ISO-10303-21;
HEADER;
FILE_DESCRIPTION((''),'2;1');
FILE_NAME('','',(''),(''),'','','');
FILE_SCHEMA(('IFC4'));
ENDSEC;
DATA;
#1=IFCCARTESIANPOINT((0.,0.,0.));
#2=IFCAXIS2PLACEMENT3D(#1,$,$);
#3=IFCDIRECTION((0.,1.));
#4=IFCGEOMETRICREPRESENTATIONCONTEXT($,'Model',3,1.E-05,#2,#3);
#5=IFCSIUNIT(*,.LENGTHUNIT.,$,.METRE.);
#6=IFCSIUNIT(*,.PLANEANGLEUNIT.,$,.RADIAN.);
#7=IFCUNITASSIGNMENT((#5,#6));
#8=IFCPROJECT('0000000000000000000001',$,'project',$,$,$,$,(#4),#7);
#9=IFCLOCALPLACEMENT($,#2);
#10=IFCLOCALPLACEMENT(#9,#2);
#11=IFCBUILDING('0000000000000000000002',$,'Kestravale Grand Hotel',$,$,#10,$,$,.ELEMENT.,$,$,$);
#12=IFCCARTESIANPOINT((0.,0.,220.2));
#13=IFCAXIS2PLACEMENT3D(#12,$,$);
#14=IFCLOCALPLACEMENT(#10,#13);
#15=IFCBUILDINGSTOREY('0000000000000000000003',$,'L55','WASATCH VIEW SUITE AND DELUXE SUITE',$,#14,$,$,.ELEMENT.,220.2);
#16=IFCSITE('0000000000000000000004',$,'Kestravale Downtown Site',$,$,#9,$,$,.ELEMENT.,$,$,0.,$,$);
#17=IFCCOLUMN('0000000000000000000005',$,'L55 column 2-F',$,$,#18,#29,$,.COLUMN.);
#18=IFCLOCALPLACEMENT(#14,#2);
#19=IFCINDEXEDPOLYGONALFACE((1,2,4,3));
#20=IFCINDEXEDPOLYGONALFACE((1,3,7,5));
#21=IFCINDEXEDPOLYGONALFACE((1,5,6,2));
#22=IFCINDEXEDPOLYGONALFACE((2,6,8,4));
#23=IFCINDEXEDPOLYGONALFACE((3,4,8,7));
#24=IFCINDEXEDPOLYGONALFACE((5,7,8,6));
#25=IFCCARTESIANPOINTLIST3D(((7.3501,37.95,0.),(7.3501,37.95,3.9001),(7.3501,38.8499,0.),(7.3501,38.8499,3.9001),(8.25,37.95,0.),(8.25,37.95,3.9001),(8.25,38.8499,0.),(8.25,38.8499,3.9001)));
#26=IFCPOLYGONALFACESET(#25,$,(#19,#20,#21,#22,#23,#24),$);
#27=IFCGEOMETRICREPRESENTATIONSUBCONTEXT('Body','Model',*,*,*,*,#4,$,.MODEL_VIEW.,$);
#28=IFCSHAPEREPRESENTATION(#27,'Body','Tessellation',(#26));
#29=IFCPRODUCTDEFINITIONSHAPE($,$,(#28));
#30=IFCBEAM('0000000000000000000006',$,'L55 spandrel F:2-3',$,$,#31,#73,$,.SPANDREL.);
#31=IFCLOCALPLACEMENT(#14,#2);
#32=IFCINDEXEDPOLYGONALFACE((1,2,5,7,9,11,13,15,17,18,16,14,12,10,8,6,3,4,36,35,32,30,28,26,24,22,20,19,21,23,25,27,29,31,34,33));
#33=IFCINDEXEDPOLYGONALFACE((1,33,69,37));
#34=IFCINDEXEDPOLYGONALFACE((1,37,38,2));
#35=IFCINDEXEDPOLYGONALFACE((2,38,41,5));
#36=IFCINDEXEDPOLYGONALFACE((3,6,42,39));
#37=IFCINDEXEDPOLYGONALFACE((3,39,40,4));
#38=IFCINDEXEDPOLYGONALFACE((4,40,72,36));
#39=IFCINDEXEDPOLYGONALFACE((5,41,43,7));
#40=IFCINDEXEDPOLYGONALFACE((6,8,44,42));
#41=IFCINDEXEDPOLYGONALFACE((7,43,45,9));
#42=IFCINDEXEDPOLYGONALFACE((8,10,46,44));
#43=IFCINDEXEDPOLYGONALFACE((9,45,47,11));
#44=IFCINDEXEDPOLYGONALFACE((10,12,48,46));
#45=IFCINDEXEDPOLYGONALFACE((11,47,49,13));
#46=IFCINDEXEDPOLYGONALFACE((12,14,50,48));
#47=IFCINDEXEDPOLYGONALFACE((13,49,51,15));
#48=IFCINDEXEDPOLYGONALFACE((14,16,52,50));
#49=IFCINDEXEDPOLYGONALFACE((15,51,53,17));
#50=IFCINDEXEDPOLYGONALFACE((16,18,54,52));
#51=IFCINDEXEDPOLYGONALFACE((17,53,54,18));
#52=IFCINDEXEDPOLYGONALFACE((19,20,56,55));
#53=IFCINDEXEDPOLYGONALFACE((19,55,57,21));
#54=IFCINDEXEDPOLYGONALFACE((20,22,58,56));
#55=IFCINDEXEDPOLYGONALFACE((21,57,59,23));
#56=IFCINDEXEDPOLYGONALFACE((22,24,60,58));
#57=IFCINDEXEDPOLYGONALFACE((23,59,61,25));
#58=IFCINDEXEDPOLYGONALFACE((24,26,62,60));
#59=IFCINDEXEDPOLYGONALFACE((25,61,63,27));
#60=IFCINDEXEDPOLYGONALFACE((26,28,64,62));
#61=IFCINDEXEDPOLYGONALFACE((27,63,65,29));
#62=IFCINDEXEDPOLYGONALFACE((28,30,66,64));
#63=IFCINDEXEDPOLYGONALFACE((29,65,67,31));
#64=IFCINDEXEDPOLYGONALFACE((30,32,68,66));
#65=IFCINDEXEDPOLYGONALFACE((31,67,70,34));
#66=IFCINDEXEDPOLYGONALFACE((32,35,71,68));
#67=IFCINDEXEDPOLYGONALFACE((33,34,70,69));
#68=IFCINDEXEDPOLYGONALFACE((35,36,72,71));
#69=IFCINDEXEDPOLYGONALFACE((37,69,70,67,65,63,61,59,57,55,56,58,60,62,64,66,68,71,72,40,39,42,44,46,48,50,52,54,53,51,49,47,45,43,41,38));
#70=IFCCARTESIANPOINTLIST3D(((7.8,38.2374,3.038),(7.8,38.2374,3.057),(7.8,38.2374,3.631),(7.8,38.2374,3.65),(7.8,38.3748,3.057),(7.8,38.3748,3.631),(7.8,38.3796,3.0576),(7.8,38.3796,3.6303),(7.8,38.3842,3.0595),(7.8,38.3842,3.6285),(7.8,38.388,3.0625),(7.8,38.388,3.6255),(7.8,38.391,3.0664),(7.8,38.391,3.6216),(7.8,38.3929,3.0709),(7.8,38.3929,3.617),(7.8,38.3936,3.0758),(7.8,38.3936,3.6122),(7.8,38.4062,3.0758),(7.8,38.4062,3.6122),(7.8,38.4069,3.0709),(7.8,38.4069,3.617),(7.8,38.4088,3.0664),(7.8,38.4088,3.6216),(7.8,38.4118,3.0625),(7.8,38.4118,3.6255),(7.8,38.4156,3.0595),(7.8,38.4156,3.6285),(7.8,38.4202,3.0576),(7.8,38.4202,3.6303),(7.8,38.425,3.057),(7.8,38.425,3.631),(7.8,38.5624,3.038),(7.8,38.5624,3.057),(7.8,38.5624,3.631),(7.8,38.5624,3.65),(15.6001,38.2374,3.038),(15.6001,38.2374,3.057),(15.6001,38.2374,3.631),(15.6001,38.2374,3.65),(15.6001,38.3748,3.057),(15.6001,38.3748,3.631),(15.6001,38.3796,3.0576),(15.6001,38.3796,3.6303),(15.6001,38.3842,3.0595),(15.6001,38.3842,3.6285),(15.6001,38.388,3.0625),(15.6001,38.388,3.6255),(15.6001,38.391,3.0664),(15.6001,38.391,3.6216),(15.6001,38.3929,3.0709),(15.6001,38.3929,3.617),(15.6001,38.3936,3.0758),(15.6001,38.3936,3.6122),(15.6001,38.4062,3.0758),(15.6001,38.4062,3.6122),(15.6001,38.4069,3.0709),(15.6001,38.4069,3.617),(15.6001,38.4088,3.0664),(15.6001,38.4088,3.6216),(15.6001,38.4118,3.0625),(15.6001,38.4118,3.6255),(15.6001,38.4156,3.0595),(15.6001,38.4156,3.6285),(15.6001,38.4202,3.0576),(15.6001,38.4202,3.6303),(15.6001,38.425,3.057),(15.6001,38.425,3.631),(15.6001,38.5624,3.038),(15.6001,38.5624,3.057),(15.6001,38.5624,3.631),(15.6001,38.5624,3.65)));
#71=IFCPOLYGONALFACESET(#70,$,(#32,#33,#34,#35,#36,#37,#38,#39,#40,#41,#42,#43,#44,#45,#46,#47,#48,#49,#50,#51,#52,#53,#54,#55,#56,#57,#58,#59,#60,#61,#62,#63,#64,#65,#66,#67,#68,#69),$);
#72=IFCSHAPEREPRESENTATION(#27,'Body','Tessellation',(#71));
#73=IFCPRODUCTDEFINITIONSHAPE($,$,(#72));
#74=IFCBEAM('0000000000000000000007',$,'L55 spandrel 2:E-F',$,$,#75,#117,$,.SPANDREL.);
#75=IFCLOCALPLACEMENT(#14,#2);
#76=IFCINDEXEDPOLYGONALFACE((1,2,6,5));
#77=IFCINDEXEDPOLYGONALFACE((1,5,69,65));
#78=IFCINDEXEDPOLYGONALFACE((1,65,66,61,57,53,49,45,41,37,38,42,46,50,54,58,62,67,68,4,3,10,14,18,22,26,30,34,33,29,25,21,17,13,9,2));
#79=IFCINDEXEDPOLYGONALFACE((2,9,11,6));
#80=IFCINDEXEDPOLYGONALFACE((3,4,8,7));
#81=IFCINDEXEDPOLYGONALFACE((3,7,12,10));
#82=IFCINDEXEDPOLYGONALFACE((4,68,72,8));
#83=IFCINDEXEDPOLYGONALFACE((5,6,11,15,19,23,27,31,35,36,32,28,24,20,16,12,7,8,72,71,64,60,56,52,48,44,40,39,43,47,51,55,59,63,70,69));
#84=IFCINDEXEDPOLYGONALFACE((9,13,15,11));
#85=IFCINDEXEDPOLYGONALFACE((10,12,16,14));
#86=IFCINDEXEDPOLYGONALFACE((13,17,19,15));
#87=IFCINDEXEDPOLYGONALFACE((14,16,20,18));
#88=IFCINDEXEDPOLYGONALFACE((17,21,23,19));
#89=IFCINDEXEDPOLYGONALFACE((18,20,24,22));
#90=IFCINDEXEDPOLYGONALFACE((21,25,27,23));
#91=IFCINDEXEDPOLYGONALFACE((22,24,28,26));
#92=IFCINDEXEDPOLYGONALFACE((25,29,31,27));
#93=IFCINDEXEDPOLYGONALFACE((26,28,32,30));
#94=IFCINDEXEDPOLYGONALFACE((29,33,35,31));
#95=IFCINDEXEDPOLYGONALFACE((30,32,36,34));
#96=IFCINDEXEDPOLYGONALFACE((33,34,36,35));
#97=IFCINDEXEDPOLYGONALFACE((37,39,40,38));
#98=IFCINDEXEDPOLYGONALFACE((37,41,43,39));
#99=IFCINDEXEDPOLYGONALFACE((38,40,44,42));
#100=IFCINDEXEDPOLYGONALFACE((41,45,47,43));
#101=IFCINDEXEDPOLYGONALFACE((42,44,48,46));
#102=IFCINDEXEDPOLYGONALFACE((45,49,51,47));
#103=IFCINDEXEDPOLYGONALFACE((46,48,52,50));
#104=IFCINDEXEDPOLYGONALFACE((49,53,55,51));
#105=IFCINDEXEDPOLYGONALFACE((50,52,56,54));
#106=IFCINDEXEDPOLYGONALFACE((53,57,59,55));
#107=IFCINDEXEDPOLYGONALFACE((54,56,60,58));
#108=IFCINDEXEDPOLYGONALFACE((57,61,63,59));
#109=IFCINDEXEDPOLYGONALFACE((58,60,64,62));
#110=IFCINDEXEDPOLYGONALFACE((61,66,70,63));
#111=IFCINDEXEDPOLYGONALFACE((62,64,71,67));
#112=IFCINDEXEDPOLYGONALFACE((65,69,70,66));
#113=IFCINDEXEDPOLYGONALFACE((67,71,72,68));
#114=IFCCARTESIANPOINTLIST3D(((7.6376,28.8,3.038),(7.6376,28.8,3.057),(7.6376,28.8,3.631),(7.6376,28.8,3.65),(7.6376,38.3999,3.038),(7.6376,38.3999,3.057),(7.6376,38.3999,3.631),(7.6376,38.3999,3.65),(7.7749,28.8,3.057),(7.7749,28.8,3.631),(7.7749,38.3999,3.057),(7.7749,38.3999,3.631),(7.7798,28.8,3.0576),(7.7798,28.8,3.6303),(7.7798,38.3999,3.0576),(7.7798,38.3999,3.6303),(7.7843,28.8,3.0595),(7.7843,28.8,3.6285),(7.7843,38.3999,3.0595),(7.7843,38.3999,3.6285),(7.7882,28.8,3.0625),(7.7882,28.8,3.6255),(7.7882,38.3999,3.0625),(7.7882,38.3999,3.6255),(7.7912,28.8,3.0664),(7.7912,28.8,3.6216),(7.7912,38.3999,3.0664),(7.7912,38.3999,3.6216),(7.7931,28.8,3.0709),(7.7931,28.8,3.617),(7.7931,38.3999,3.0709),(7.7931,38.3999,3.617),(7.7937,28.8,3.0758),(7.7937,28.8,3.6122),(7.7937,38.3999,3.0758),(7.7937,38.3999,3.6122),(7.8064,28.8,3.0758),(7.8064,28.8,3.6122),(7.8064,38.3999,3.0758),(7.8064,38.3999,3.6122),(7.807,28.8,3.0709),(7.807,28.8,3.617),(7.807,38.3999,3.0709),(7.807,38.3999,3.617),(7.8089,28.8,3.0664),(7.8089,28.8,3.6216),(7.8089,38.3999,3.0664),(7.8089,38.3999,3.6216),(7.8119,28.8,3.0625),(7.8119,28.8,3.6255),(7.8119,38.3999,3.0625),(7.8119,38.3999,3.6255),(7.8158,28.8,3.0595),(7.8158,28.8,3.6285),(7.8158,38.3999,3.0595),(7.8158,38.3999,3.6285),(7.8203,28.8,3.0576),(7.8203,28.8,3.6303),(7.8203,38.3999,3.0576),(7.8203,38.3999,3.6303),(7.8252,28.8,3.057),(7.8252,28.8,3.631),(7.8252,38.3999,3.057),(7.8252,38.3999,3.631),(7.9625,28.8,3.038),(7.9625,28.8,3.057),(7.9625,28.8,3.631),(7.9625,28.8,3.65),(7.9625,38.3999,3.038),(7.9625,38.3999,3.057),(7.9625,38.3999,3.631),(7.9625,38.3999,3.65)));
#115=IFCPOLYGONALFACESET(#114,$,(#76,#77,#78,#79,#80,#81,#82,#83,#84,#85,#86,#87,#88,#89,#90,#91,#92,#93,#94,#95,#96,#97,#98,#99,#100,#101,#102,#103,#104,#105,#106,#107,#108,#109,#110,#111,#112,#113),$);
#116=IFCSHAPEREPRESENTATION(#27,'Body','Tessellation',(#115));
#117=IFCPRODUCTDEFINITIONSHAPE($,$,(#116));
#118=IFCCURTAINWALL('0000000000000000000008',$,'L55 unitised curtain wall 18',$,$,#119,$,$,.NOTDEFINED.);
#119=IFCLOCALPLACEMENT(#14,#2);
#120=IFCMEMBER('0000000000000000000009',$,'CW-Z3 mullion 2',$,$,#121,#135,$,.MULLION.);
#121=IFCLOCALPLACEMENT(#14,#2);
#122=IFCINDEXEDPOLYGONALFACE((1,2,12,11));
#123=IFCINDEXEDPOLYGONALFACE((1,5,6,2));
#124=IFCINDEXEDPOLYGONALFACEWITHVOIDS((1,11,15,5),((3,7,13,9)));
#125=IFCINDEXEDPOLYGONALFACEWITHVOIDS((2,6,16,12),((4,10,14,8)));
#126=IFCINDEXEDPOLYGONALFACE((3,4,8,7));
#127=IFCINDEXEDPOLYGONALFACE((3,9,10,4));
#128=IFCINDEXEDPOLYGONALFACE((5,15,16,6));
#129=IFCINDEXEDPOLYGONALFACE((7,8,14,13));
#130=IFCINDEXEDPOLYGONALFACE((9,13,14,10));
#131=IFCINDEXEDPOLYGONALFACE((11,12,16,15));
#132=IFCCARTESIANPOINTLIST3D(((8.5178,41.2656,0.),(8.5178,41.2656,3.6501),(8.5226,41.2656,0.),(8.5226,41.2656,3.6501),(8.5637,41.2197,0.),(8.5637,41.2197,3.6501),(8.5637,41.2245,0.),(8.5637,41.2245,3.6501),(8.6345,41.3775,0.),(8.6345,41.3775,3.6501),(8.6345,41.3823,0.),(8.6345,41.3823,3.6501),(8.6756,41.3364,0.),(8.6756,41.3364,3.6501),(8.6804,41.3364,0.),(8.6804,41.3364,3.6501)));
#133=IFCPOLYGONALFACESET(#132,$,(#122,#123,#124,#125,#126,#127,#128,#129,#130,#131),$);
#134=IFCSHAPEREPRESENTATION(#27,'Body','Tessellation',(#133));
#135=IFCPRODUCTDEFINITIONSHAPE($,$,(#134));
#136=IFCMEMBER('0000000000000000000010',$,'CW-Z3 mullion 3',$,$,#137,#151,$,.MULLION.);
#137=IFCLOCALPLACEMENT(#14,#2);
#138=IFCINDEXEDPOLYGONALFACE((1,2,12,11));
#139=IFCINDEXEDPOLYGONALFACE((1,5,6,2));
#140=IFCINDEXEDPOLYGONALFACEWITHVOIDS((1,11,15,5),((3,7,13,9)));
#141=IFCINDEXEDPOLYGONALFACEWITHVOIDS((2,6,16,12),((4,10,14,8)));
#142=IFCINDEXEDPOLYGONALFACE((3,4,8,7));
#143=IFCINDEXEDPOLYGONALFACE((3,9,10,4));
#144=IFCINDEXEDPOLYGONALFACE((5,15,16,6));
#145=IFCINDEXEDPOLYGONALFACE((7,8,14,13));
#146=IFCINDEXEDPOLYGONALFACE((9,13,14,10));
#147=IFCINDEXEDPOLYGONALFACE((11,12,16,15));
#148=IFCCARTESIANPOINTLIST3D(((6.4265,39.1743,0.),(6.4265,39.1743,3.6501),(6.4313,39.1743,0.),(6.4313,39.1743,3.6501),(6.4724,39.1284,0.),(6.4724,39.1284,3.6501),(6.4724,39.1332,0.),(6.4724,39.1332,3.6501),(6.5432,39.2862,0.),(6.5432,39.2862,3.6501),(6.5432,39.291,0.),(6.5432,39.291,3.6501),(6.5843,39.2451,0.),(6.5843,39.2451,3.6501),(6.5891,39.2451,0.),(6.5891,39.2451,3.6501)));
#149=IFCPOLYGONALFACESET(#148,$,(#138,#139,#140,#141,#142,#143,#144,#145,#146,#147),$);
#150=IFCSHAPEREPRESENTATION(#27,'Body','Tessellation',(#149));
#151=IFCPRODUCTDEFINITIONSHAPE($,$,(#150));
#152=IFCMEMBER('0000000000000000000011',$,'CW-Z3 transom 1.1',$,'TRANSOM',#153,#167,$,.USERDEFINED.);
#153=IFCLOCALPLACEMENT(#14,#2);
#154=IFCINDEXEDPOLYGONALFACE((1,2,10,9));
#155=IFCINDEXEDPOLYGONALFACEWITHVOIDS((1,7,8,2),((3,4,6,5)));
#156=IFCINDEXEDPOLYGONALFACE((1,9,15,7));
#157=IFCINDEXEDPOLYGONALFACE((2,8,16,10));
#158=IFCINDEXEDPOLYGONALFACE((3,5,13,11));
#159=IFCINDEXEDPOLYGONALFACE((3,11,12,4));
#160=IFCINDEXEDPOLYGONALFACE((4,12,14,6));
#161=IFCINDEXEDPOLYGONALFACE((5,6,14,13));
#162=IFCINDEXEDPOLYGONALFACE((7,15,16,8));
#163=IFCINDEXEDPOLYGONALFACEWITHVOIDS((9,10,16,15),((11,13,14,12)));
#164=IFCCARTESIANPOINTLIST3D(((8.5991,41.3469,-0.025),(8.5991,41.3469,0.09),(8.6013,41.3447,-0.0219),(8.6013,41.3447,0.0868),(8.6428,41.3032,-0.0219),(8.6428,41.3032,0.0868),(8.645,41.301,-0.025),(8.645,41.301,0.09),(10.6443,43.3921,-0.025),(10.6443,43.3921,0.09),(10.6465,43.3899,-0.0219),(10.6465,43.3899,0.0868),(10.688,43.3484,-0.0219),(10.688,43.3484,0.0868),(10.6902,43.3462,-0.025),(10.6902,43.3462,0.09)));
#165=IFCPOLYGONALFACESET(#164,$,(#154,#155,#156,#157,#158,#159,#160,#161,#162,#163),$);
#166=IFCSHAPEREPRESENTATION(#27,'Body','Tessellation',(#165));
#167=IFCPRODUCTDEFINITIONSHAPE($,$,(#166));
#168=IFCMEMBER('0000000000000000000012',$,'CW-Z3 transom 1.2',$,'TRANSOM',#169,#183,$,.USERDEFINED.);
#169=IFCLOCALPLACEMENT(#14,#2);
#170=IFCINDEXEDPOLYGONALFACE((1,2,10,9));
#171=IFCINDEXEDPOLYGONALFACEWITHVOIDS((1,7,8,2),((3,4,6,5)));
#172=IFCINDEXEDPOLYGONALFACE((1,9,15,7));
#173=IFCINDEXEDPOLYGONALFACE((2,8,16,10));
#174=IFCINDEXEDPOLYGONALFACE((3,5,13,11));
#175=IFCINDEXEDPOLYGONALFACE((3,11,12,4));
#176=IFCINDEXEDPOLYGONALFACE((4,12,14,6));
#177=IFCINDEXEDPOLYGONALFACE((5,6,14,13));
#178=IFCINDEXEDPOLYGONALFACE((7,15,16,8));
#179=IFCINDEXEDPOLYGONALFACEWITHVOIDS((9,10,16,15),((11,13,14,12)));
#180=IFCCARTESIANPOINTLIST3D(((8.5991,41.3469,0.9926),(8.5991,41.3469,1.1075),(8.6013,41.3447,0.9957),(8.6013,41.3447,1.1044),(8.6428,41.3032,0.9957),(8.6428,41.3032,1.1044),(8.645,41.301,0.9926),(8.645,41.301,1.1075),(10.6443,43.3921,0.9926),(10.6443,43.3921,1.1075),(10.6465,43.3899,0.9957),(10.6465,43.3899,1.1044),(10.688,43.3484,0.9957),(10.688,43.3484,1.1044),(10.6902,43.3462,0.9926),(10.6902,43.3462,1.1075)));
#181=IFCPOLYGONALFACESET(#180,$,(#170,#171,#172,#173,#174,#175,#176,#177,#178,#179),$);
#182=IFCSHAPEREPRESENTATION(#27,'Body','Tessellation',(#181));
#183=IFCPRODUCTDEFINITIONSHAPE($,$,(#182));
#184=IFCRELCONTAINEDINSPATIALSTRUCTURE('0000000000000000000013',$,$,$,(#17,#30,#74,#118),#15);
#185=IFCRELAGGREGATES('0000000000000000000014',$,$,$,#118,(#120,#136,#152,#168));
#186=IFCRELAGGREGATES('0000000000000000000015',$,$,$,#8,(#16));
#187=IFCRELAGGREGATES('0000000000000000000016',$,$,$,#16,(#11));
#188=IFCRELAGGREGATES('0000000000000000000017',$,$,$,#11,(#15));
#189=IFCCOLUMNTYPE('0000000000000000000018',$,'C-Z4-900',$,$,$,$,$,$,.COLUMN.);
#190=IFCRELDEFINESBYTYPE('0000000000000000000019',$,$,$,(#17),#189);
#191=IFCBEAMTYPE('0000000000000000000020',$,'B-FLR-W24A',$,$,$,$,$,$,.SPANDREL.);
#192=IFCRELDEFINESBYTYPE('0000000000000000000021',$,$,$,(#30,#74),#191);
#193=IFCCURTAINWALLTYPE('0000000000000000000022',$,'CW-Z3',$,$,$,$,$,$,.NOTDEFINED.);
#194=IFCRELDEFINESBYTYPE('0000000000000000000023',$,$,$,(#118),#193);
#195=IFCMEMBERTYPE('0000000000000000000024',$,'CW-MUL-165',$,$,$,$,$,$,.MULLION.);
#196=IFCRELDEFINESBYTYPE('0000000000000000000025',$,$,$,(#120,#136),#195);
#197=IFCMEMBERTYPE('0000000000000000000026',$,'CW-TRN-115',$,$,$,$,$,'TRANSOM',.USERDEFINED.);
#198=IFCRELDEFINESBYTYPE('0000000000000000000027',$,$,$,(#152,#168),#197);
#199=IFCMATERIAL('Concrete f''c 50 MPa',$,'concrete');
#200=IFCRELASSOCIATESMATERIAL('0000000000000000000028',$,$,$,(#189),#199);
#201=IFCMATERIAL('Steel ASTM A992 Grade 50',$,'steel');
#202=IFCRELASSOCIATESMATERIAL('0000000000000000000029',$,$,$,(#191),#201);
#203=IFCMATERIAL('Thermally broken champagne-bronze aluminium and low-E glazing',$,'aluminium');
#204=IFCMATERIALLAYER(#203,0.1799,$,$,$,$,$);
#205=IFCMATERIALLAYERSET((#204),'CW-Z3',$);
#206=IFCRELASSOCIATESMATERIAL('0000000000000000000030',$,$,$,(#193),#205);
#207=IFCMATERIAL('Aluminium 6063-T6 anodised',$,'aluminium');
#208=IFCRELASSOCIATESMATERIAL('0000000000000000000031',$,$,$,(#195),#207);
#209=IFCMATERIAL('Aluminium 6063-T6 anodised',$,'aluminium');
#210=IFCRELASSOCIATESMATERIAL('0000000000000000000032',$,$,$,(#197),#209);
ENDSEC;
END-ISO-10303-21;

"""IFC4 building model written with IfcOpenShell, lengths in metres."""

from ifc_helpers import new_model, si_unit, direction, frame, origin, origin_2d, place, context, subcontext, project, spatial, rectangle, hollow_rectangle, i_section, extrude, material, layer, layer_set, material_profile, profile_set, type_object, element, aggregate, save


model = new_model("IFC4")

# Units and contexts
model_context = context("Model", 3, precision=1e-05, world=origin(), true_north=direction((0.0, 1.0)))
body_context = subcontext(model_context, "Body", "Model", "MODEL_VIEW")
ifc_project = project(units=[si_unit("LENGTHUNIT", "METRE"), si_unit("PLANEANGLEUNIT", "RADIAN")], contexts=[model_context])

# Site, building, storey
site_placement = place(None, origin())
site = spatial("IfcSite", under=ifc_project, at=site_placement, Name="Kestravale Downtown Site", CompositionType="ELEMENT", RefElevation=0.0)
building_placement = place(site_placement, origin())
building = spatial("IfcBuilding", under=site, at=building_placement, Name="Kestravale Grand Hotel", CompositionType="ELEMENT")
storey_placement = place(building_placement, frame((0.0, 0.0, 220.2)))
storey = spatial("IfcBuildingStorey", under=building, at=storey_placement, Name="L55", Description="WASATCH VIEW SUITE AND DELUXE SUITE", CompositionType="ELEMENT", Elevation=220.2)

# Column
ifc_material_1 = material(Name="Concrete f'c 50 MPa", Category="concrete")
ifc_material_profile_1 = material_profile(ifc_material_1, rectangle(XDim=0.8999, YDim=0.8999, at=origin_2d()))
ifc_profile_set_1 = profile_set([ifc_material_profile_1], Name="Concrete f'c 50 MPa")
column_type = type_object("IfcColumnType", Name="C-Z4-900", PredefinedType="COLUMN", material=ifc_profile_set_1)
column_placement = place(storey_placement, frame((7.8, 38.3999, 0.0), z_axis=(0.0, 0.0, 1.0), x_axis=(1.0, 0.0, 0.0)))
element("IfcColumn", 1, at=column_placement, inside=storey, type_object=column_type, Name="L55 column 2-F", PredefinedType="COLUMN", context=body_context, shape_type="SweptSolid", body=[
    extrude(rectangle(XDim=0.8999, YDim=0.8999, at=origin_2d()), origin(), (0.0, 0.0, 1.0), 3.9001),
])

# Beams
ifc_material_2 = material(Name="Steel ASTM A992 Grade 50", Category="steel")
ifc_material_profile_2 = material_profile(ifc_material_2, i_section(OverallWidth=0.325, OverallDepth=0.6121, WebThickness=0.0127, FlangeThickness=0.019, FilletRadius=0.0188, at=origin_2d()))
ifc_profile_set_2 = profile_set([ifc_material_profile_2], Name="Steel ASTM A992 Grade 50")
beam_type = type_object("IfcBeamType", Name="B-FLR-W24A", PredefinedType="SPANDREL", material=ifc_profile_set_2)
beam_1_placement = place(storey_placement, frame((7.8, 38.3999, 3.344), z_axis=(1.0, 0.0, 0.0), x_axis=(0.0, 1.0, 0.0)))
element("IfcBeam", 2, at=beam_1_placement, inside=storey, type_object=beam_type, Name="L55 spandrel F:2-3", PredefinedType="SPANDREL", context=body_context, shape_type="SweptSolid", body=[
    extrude(i_section(OverallWidth=0.325, OverallDepth=0.6121, WebThickness=0.0127, FlangeThickness=0.019, FilletRadius=0.0188, at=origin_2d()), origin(), (0.0, 0.0, 1.0), 7.8),
])
beam_2_placement = place(storey_placement, frame((7.8, 28.8, 3.344), z_axis=(0.0, 1.0, 0.0), x_axis=(-1.0, 0.0, 0.0)))
element("IfcBeam", 3, at=beam_2_placement, inside=storey, type_object=beam_type, Name="L55 spandrel 2:E-F", PredefinedType="SPANDREL", context=body_context, shape_type="SweptSolid", body=[
    extrude(i_section(OverallWidth=0.325, OverallDepth=0.6121, WebThickness=0.0127, FlangeThickness=0.019, FilletRadius=0.0188, at=origin_2d()), origin(), (0.0, 0.0, 1.0), 9.5999),
])

# Curtain wall, members
ifc_material_3 = material(Name="Thermally broken champagne-bronze aluminium and low-E glazing", Category="aluminium")
ifc_layer_1 = layer(ifc_material_3, 0.1799)
ifc_layer_set_1 = layer_set([ifc_layer_1], Name="CW-Z3")
curtain_wall_type = type_object("IfcCurtainWallType", Name="CW-Z3", PredefinedType="NOTDEFINED", material=ifc_layer_set_1)
curtain_wall_placement = place(storey_placement, origin())
curtain_wall = element("IfcCurtainWall", 4, at=curtain_wall_placement, inside=storey, type_object=curtain_wall_type, Name="L55 unitised curtain wall 18", PredefinedType="NOTDEFINED")
ifc_material_4 = material(Name="Aluminium 6063-T6 anodised", Category="aluminium")
ifc_material_profile_3 = material_profile(ifc_material_4, hollow_rectangle(XDim=0.0649, YDim=0.165, WallThickness=0.0034, at=origin_2d()))
ifc_profile_set_3 = profile_set([ifc_material_profile_3], Name="Aluminium 6063-T6 anodised")
member_type_1 = type_object("IfcMemberType", Name="CW-MUL-165", PredefinedType="MULLION", material=ifc_profile_set_3)
member_1_placement = place(storey_placement, frame((8.5991, 41.301, 0.0), z_axis=(0.0, 0.0, 1.0), x_axis=(0.707107, -0.707107, 0.0)))
member_1 = element("IfcMember", 5, at=member_1_placement, type_object=member_type_1, Name="CW-Z3 mullion 2", PredefinedType="MULLION", context=body_context, shape_type="SweptSolid", body=[
    extrude(hollow_rectangle(XDim=0.0649, YDim=0.165, WallThickness=0.0034, at=origin_2d()), origin(), (0.0, 0.0, 1.0), 3.6501),
])
member_2_placement = place(storey_placement, frame((6.5078, 39.2097, 0.0), z_axis=(0.0, 0.0, 1.0), x_axis=(0.707107, -0.707107, 0.0)))
member_2 = element("IfcMember", 6, at=member_2_placement, type_object=member_type_1, Name="CW-Z3 mullion 3", PredefinedType="MULLION", context=body_context, shape_type="SweptSolid", body=[
    extrude(hollow_rectangle(XDim=0.0649, YDim=0.165, WallThickness=0.0034, at=origin_2d()), origin(), (0.0, 0.0, 1.0), 3.6501),
])
ifc_material_5 = material(Name="Aluminium 6063-T6 anodised", Category="aluminium")
ifc_material_profile_4 = material_profile(ifc_material_5, hollow_rectangle(XDim=0.0649, YDim=0.115, WallThickness=0.0032, at=origin_2d()))
ifc_profile_set_4 = profile_set([ifc_material_profile_4], Name="Aluminium 6063-T6 anodised")
member_type_2 = type_object("IfcMemberType", Name="CW-TRN-115", ElementType="TRANSOM", PredefinedType="USERDEFINED", material=ifc_profile_set_4)
member_3_placement = place(storey_placement, frame((10.6672, 43.3691, 0.0325), z_axis=(-0.707107, -0.707107, 0.0), x_axis=(0.707107, -0.707107, 0.0)))
member_3 = element("IfcMember", 7, at=member_3_placement, type_object=member_type_2, Name="CW-Z3 transom 1.1", ObjectType="TRANSOM", PredefinedType="USERDEFINED", context=body_context, shape_type="SweptSolid", body=[
    extrude(hollow_rectangle(XDim=0.0649, YDim=0.115, WallThickness=0.0032, at=origin_2d()), origin(), (0.0, 0.0, 1.0), 2.8923),
])
member_4_placement = place(storey_placement, frame((10.6672, 43.3691, 1.05), z_axis=(-0.707107, -0.707107, 0.0), x_axis=(0.707107, -0.707107, 0.0)))
member_4 = element("IfcMember", 8, at=member_4_placement, type_object=member_type_2, Name="CW-Z3 transom 1.2", ObjectType="TRANSOM", PredefinedType="USERDEFINED", context=body_context, shape_type="SweptSolid", body=[
    extrude(hollow_rectangle(XDim=0.0649, YDim=0.115, WallThickness=0.0032, at=origin_2d()), origin(), (0.0, 0.0, 1.0), 2.8923),
])
aggregate(curtain_wall, [member_1, member_2, member_3, member_4])

save(model, "model.ifc")
